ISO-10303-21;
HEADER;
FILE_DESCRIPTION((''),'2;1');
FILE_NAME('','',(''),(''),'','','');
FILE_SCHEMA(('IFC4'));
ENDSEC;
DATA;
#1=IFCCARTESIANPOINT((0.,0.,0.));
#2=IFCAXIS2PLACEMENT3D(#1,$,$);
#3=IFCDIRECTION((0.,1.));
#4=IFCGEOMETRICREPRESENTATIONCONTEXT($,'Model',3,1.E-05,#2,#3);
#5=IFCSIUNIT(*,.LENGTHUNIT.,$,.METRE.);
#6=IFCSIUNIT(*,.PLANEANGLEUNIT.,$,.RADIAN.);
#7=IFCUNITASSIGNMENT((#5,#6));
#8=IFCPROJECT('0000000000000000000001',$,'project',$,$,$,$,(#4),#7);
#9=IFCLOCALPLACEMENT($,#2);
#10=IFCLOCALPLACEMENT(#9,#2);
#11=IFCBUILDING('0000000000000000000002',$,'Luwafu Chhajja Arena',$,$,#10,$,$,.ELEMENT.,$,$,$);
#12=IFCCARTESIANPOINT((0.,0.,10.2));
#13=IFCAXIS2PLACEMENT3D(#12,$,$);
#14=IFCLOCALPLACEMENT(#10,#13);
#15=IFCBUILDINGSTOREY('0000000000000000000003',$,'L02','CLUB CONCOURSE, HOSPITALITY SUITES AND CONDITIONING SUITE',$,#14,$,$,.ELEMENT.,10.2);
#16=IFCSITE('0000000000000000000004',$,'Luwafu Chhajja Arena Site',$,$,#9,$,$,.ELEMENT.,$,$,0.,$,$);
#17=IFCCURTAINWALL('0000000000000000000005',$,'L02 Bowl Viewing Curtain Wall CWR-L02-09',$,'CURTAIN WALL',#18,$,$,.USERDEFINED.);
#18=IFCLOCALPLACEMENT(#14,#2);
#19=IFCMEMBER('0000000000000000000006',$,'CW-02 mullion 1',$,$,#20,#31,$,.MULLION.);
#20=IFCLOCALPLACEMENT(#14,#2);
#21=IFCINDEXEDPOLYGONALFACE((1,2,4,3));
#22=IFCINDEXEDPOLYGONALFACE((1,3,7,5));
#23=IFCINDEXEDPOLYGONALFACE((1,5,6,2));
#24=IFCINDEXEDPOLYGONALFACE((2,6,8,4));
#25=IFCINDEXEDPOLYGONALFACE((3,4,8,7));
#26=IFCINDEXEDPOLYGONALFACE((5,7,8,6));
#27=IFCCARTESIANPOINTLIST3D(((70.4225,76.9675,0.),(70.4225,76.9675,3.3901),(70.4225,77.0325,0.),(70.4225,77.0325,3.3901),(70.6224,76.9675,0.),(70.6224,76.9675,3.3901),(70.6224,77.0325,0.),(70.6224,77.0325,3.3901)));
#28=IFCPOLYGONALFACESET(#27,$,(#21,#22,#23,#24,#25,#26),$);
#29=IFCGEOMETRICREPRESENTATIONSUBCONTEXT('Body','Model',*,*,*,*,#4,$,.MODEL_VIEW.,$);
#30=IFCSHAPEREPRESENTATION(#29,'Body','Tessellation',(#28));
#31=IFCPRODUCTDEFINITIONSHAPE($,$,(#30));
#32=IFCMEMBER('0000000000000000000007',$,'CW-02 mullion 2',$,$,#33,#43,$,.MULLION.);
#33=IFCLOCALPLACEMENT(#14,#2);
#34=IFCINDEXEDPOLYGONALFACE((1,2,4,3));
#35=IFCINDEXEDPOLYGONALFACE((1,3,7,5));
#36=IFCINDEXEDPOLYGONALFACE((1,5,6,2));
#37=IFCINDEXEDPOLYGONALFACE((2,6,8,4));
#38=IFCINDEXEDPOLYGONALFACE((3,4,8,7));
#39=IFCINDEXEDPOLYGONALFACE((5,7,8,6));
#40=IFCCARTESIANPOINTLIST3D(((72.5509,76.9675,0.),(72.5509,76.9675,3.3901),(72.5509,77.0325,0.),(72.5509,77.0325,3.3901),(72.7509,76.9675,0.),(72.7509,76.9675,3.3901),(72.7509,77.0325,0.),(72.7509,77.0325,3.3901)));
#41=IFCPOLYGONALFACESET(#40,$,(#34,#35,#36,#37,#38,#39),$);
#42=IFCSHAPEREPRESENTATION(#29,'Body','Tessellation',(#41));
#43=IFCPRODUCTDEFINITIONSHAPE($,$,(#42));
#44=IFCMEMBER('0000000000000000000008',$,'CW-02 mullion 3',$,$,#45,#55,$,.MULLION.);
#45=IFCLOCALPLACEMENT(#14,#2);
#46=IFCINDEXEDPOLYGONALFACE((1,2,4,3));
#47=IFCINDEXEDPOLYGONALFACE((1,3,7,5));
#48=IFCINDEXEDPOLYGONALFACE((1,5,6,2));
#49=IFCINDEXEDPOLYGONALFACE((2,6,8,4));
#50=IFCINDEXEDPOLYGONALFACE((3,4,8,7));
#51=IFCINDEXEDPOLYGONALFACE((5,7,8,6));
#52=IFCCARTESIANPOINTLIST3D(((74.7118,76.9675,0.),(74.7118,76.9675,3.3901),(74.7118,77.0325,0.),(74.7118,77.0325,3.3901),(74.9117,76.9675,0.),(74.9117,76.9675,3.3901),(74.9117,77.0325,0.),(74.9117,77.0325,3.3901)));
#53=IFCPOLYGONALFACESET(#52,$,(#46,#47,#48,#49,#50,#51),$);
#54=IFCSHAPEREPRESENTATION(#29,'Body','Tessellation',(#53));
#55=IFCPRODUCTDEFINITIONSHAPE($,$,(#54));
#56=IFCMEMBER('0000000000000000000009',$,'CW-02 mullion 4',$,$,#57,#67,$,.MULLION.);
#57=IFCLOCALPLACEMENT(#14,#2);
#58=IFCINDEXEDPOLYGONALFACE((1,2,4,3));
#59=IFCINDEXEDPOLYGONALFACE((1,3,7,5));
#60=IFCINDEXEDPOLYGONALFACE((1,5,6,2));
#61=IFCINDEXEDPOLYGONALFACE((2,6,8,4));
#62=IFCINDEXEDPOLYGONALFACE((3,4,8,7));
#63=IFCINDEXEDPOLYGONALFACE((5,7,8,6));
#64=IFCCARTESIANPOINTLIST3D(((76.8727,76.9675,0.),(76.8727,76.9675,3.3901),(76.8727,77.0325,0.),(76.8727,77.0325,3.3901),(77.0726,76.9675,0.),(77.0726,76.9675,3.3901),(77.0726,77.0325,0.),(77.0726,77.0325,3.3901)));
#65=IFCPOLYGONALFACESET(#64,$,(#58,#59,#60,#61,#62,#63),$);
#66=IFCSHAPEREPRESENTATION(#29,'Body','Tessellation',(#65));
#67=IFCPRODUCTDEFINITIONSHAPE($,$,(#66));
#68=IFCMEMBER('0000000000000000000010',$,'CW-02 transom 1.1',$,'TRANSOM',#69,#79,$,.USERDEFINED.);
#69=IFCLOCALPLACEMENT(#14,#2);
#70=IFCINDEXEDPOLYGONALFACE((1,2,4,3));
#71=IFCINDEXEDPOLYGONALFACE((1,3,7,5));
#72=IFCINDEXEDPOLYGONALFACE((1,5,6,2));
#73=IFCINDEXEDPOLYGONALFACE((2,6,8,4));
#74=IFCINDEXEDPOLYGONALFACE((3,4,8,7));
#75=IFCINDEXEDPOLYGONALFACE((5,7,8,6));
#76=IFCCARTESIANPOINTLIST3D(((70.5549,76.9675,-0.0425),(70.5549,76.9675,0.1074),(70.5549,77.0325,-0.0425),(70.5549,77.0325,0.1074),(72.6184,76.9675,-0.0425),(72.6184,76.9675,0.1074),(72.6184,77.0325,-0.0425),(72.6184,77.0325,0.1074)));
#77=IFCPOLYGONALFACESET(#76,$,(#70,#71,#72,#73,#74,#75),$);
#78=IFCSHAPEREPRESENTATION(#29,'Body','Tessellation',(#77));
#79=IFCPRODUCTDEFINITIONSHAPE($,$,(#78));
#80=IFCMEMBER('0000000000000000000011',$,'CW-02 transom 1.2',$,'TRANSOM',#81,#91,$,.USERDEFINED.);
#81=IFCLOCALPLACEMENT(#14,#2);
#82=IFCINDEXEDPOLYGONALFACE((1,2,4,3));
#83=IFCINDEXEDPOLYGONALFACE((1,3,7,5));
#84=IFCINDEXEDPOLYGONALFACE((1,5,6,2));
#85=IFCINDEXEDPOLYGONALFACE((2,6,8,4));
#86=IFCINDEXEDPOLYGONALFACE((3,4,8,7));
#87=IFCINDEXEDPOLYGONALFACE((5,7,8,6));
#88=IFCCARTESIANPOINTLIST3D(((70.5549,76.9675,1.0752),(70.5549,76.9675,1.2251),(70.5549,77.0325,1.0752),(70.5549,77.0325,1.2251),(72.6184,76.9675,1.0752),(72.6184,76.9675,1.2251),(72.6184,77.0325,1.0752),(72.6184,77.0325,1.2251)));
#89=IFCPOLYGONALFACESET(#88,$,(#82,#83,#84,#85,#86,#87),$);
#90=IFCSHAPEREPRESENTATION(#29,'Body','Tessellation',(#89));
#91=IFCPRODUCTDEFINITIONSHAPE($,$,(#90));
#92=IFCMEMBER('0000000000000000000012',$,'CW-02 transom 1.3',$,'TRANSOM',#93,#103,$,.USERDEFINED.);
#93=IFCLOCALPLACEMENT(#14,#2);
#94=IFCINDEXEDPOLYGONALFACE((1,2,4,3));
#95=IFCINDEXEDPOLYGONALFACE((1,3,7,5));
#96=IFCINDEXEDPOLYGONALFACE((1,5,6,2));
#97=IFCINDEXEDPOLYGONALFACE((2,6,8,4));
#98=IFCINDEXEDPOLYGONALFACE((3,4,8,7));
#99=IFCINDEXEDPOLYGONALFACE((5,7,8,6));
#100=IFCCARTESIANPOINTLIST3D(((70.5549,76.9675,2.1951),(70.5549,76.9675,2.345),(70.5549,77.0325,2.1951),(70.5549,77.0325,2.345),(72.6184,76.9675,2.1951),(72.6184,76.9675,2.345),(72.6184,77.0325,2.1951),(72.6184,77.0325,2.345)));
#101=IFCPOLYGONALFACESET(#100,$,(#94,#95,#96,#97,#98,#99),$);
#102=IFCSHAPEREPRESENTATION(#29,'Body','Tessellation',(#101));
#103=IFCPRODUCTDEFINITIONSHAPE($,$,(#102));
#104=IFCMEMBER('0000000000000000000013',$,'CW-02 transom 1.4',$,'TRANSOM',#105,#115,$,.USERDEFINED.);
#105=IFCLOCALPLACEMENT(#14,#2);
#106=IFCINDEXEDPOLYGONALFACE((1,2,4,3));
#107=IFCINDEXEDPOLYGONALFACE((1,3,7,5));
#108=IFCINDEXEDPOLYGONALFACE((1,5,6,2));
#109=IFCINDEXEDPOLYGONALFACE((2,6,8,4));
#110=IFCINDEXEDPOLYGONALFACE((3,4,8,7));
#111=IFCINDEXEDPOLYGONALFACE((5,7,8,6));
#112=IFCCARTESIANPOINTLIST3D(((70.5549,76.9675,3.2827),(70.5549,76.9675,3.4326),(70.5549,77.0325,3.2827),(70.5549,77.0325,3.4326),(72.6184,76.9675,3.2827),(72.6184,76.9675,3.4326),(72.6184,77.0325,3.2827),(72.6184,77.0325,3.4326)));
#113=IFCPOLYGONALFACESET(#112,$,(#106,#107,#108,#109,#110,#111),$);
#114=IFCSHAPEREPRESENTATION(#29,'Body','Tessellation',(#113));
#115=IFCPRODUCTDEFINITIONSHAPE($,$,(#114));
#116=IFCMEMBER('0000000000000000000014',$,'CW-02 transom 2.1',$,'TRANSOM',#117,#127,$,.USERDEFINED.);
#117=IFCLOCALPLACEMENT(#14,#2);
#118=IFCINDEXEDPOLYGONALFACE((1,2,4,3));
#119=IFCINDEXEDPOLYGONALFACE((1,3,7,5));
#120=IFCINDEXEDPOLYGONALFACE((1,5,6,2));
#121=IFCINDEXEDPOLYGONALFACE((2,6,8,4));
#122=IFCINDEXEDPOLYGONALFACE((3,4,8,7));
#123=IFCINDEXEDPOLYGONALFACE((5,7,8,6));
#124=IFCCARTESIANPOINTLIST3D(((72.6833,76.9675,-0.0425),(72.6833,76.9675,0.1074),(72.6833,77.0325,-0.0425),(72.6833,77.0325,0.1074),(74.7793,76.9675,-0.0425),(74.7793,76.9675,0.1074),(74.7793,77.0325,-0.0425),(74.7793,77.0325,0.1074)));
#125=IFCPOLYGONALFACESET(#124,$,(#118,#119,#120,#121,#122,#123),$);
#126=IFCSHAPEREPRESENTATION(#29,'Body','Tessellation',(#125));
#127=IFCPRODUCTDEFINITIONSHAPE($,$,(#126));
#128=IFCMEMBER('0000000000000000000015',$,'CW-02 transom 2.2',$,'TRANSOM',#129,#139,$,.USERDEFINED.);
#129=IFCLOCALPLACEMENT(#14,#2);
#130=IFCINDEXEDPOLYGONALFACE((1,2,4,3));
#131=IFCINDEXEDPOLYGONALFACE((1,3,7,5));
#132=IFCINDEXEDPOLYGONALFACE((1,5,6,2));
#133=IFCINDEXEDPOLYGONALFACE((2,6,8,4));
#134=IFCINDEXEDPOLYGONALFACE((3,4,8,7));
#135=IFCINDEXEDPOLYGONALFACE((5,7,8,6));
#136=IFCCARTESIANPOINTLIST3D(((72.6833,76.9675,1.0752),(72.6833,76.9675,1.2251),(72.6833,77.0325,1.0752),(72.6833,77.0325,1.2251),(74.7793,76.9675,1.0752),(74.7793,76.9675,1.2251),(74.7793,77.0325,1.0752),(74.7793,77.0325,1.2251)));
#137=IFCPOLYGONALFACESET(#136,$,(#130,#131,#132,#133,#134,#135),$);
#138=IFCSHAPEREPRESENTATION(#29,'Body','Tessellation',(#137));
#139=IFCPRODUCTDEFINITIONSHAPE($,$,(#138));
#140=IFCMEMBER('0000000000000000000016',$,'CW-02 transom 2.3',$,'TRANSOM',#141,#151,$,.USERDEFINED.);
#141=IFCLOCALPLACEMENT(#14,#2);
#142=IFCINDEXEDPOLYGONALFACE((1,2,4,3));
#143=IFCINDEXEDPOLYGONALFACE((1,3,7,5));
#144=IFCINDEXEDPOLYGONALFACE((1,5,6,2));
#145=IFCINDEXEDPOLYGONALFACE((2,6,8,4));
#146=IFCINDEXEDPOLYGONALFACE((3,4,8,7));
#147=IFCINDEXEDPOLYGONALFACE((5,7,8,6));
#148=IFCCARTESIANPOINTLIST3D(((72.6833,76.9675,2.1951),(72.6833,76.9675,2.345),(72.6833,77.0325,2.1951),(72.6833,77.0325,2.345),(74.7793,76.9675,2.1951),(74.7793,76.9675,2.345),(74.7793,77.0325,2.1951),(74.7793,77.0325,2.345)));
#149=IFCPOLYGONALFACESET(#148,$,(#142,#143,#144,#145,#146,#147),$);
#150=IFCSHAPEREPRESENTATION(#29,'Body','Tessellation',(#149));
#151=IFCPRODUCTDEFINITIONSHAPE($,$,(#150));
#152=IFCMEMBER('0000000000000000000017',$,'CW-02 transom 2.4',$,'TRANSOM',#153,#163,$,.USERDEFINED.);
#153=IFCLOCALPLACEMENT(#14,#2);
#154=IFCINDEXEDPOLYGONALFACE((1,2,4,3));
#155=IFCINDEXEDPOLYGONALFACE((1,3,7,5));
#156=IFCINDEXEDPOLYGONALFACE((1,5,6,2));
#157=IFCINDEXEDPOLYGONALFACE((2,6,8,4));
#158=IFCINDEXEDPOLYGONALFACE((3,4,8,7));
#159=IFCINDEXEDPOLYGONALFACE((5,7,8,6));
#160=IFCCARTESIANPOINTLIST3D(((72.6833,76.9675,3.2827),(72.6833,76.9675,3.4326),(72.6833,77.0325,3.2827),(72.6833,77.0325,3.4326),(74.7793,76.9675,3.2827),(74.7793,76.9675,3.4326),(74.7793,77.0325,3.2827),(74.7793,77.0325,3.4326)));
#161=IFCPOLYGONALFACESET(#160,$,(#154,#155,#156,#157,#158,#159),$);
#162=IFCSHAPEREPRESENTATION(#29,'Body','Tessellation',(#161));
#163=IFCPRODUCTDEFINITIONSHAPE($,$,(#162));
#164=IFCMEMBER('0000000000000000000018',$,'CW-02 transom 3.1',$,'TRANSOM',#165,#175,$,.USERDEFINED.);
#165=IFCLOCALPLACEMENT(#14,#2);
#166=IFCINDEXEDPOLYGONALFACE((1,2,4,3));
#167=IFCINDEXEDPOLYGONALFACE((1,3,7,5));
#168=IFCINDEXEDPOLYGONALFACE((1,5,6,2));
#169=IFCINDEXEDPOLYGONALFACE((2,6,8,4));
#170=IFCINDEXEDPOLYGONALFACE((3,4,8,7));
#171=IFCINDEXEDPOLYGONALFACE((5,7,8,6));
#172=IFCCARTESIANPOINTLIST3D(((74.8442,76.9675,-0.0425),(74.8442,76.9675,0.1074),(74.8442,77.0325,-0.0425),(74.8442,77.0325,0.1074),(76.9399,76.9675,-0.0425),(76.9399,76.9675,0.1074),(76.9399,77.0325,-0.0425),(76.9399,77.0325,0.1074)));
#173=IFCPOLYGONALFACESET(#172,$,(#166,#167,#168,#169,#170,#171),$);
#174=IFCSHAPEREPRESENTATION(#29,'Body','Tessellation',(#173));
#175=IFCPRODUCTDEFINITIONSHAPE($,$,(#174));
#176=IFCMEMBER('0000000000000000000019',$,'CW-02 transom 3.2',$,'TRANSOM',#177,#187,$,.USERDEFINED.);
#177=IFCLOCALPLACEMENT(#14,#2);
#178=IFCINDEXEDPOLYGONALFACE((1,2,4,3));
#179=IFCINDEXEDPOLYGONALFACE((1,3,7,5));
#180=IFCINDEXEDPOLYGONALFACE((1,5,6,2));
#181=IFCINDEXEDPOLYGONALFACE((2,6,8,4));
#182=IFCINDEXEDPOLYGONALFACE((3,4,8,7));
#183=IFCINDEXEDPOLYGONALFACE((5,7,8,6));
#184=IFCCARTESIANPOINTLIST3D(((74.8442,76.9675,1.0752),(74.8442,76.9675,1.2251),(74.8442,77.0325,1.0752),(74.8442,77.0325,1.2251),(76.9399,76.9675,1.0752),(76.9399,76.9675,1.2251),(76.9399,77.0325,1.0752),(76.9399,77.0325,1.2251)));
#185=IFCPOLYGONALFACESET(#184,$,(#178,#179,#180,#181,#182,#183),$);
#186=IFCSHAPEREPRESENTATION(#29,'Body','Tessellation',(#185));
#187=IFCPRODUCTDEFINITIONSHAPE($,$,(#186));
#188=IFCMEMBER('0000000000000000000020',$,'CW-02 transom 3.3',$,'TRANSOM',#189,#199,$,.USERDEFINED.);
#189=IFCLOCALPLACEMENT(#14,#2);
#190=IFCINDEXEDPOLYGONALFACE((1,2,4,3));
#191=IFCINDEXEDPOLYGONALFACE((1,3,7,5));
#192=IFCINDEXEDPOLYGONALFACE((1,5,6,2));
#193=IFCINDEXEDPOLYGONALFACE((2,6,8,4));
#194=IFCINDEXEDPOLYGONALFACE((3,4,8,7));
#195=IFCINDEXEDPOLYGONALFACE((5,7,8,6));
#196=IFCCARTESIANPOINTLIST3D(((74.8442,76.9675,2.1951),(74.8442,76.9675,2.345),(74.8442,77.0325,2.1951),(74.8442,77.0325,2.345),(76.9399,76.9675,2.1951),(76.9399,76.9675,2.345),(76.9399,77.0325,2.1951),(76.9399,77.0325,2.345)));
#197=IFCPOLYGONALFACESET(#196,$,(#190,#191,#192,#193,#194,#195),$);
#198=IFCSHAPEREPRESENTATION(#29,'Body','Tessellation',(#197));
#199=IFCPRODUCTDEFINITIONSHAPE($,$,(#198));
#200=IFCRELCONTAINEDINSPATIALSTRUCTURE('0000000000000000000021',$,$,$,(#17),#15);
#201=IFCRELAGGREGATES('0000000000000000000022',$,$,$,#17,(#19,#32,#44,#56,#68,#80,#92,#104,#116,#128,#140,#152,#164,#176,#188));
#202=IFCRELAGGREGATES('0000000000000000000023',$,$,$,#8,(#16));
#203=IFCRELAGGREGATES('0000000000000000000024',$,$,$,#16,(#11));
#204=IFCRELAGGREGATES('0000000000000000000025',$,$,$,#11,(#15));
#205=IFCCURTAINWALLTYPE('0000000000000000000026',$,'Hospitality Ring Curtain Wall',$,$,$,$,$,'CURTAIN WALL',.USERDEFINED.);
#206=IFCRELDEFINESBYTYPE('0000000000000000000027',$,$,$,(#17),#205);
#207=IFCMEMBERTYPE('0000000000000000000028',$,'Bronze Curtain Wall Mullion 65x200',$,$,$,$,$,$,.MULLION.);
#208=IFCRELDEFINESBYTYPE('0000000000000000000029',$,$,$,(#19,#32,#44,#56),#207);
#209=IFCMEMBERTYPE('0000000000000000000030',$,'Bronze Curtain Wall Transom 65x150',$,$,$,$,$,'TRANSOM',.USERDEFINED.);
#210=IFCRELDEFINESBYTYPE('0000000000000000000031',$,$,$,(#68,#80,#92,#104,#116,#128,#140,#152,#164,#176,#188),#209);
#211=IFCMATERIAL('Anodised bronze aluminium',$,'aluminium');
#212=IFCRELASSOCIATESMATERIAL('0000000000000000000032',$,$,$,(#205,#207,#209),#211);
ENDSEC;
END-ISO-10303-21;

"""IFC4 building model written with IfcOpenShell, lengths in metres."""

from ifc_helpers import new_model, si_unit, direction, frame, origin, origin_2d, place, context, subcontext, project, spatial, rectangle, extrude, material, material_profile, profile_set, type_object, element, aggregate, save


model = new_model("IFC4")

# Units and contexts
model_context = context("Model", 3, precision=1e-05, world=origin(), true_north=direction((0.0, 1.0)))
body_context = subcontext(model_context, "Body", "Model", "MODEL_VIEW")
ifc_project = project(units=[si_unit("LENGTHUNIT", "METRE"), si_unit("PLANEANGLEUNIT", "RADIAN")], contexts=[model_context])

# Site, building, storey
site_placement = place(None, origin())
site = spatial("IfcSite", under=ifc_project, at=site_placement, Name="Luwafu Chhajja Arena Site", CompositionType="ELEMENT", RefElevation=0.0)
building_placement = place(site_placement, origin())
building = spatial("IfcBuilding", under=site, at=building_placement, Name="Luwafu Chhajja Arena", CompositionType="ELEMENT")
storey_placement = place(building_placement, frame((0.0, 0.0, 10.2)))
storey = spatial("IfcBuildingStorey", under=building, at=storey_placement, Name="L02", Description="CLUB CONCOURSE, HOSPITALITY SUITES AND CONDITIONING SUITE", CompositionType="ELEMENT", Elevation=10.2)

# Curtain wall, members
ifc_material_1 = material(Name="Anodised bronze aluminium", Category="aluminium")
curtain_wall_type = type_object("IfcCurtainWallType", Name="Hospitality Ring Curtain Wall", ElementType="CURTAIN WALL", PredefinedType="USERDEFINED", material=ifc_material_1)
curtain_wall_placement = place(storey_placement, origin())
curtain_wall = element("IfcCurtainWall", 1, at=curtain_wall_placement, inside=storey, type_object=curtain_wall_type, Name="L02 Bowl Viewing Curtain Wall CWR-L02-09", ObjectType="CURTAIN WALL", PredefinedType="USERDEFINED")
ifc_material_profile_1 = material_profile(ifc_material_1, rectangle(XDim=0.0649, YDim=0.2, at=origin_2d()), Name="CWM 65x200")
ifc_profile_set_1 = profile_set([ifc_material_profile_1], Name="Anodised bronze aluminium")
member_type_1 = type_object("IfcMemberType", Name="Bronze Curtain Wall Mullion 65x200", PredefinedType="MULLION", material=ifc_profile_set_1)
member_1_placement = place(storey_placement, frame((70.5225, 77.0, 0.0), z_axis=(0.0, 0.0, 1.0), x_axis=(0.0, 1.0, 0.0)))
member_1 = element("IfcMember", 2, at=member_1_placement, type_object=member_type_1, Name="CW-02 mullion 1", PredefinedType="MULLION", context=body_context, shape_type="SweptSolid", body=[
    extrude(rectangle(XDim=0.0649, YDim=0.2, at=origin_2d()), origin(), (0.0, 0.0, 1.0), 3.3901),
])
member_2_placement = place(storey_placement, frame((72.6509, 77.0, 0.0), z_axis=(0.0, 0.0, 1.0), x_axis=(0.0, 1.0, 0.0)))
member_2 = element("IfcMember", 3, at=member_2_placement, type_object=member_type_1, Name="CW-02 mullion 2", PredefinedType="MULLION", context=body_context, shape_type="SweptSolid", body=[
    extrude(rectangle(XDim=0.0649, YDim=0.2, at=origin_2d()), origin(), (0.0, 0.0, 1.0), 3.3901),
])
member_3_placement = place(storey_placement, frame((74.8118, 77.0, 0.0), z_axis=(0.0, 0.0, 1.0), x_axis=(0.0, 1.0, 0.0)))
member_3 = element("IfcMember", 4, at=member_3_placement, type_object=member_type_1, Name="CW-02 mullion 3", PredefinedType="MULLION", context=body_context, shape_type="SweptSolid", body=[
    extrude(rectangle(XDim=0.0649, YDim=0.2, at=origin_2d()), origin(), (0.0, 0.0, 1.0), 3.3901),
])
member_4_placement = place(storey_placement, frame((76.9727, 77.0, 0.0), z_axis=(0.0, 0.0, 1.0), x_axis=(0.0, 1.0, 0.0)))
member_4 = element("IfcMember", 5, at=member_4_placement, type_object=member_type_1, Name="CW-02 mullion 4", PredefinedType="MULLION", context=body_context, shape_type="SweptSolid", body=[
    extrude(rectangle(XDim=0.0649, YDim=0.2, at=origin_2d()), origin(), (0.0, 0.0, 1.0), 3.3901),
])
ifc_material_profile_2 = material_profile(ifc_material_1, rectangle(XDim=0.0649, YDim=0.1499, at=origin_2d()), Name="CWT 65x150")
ifc_profile_set_2 = profile_set([ifc_material_profile_2], Name="Anodised bronze aluminium")
member_type_2 = type_object("IfcMemberType", Name="Bronze Curtain Wall Transom 65x150", ElementType="TRANSOM", PredefinedType="USERDEFINED", material=ifc_profile_set_2)
member_5_placement = place(storey_placement, frame((70.5549, 77.0, 0.0325), z_axis=(1.0, 0.0, 0.0), x_axis=(0.0, 1.0, 0.0)))
member_5 = element("IfcMember", 6, at=member_5_placement, type_object=member_type_2, Name="CW-02 transom 1.1", ObjectType="TRANSOM", PredefinedType="USERDEFINED", context=body_context, shape_type="SweptSolid", body=[
    extrude(rectangle(XDim=0.0649, YDim=0.1499, at=origin_2d()), origin(), (0.0, 0.0, 1.0), 2.0635),
])
member_6_placement = place(storey_placement, frame((70.5549, 77.0, 1.1501), z_axis=(1.0, 0.0, 0.0), x_axis=(0.0, 1.0, 0.0)))
member_6 = element("IfcMember", 7, at=member_6_placement, type_object=member_type_2, Name="CW-02 transom 1.2", ObjectType="TRANSOM", PredefinedType="USERDEFINED", context=body_context, shape_type="SweptSolid", body=[
    extrude(rectangle(XDim=0.0649, YDim=0.1499, at=origin_2d()), origin(), (0.0, 0.0, 1.0), 2.0635),
])
member_7_placement = place(storey_placement, frame((70.5549, 77.0, 2.27), z_axis=(1.0, 0.0, 0.0), x_axis=(0.0, 1.0, 0.0)))
member_7 = element("IfcMember", 8, at=member_7_placement, type_object=member_type_2, Name="CW-02 transom 1.3", ObjectType="TRANSOM", PredefinedType="USERDEFINED", context=body_context, shape_type="SweptSolid", body=[
    extrude(rectangle(XDim=0.0649, YDim=0.1499, at=origin_2d()), origin(), (0.0, 0.0, 1.0), 2.0635),
])
member_8_placement = place(storey_placement, frame((70.5549, 77.0, 3.3577), z_axis=(1.0, 0.0, 0.0), x_axis=(0.0, 1.0, 0.0)))
member_8 = element("IfcMember", 9, at=member_8_placement, type_object=member_type_2, Name="CW-02 transom 1.4", ObjectType="TRANSOM", PredefinedType="USERDEFINED", context=body_context, shape_type="SweptSolid", body=[
    extrude(rectangle(XDim=0.0649, YDim=0.1499, at=origin_2d()), origin(), (0.0, 0.0, 1.0), 2.0635),
])
member_9_placement = place(storey_placement, frame((72.6833, 77.0, 0.0325), z_axis=(1.0, 0.0, 0.0), x_axis=(0.0, 1.0, 0.0)))
member_9 = element("IfcMember", 10, at=member_9_placement, type_object=member_type_2, Name="CW-02 transom 2.1", ObjectType="TRANSOM", PredefinedType="USERDEFINED", context=body_context, shape_type="SweptSolid", body=[
    extrude(rectangle(XDim=0.0649, YDim=0.1499, at=origin_2d()), origin(), (0.0, 0.0, 1.0), 2.0959),
])
member_10_placement = place(storey_placement, frame((72.6833, 77.0, 1.1501), z_axis=(1.0, 0.0, 0.0), x_axis=(0.0, 1.0, 0.0)))
member_10 = element("IfcMember", 11, at=member_10_placement, type_object=member_type_2, Name="CW-02 transom 2.2", ObjectType="TRANSOM", PredefinedType="USERDEFINED", context=body_context, shape_type="SweptSolid", body=[
    extrude(rectangle(XDim=0.0649, YDim=0.1499, at=origin_2d()), origin(), (0.0, 0.0, 1.0), 2.0959),
])
member_11_placement = place(storey_placement, frame((72.6833, 77.0, 2.27), z_axis=(1.0, 0.0, 0.0), x_axis=(0.0, 1.0, 0.0)))
member_11 = element("IfcMember", 12, at=member_11_placement, type_object=member_type_2, Name="CW-02 transom 2.3", ObjectType="TRANSOM", PredefinedType="USERDEFINED", context=body_context, shape_type="SweptSolid", body=[
    extrude(rectangle(XDim=0.0649, YDim=0.1499, at=origin_2d()), origin(), (0.0, 0.0, 1.0), 2.0959),
])
member_12_placement = place(storey_placement, frame((72.6833, 77.0, 3.3577), z_axis=(1.0, 0.0, 0.0), x_axis=(0.0, 1.0, 0.0)))
member_12 = element("IfcMember", 13, at=member_12_placement, type_object=member_type_2, Name="CW-02 transom 2.4", ObjectType="TRANSOM", PredefinedType="USERDEFINED", context=body_context, shape_type="SweptSolid", body=[
    extrude(rectangle(XDim=0.0649, YDim=0.1499, at=origin_2d()), origin(), (0.0, 0.0, 1.0), 2.0959),
])
member_13_placement = place(storey_placement, frame((74.8442, 77.0, 0.0325), z_axis=(1.0, 0.0, 0.0), x_axis=(0.0, 1.0, 0.0)))
member_13 = element("IfcMember", 14, at=member_13_placement, type_object=member_type_2, Name="CW-02 transom 3.1", ObjectType="TRANSOM", PredefinedType="USERDEFINED", context=body_context, shape_type="SweptSolid", body=[
    extrude(rectangle(XDim=0.0649, YDim=0.1499, at=origin_2d()), origin(), (0.0, 0.0, 1.0), 2.0957),
])
member_14_placement = place(storey_placement, frame((74.8442, 77.0, 1.1501), z_axis=(1.0, 0.0, 0.0), x_axis=(0.0, 1.0, 0.0)))
member_14 = element("IfcMember", 15, at=member_14_placement, type_object=member_type_2, Name="CW-02 transom 3.2", ObjectType="TRANSOM", PredefinedType="USERDEFINED", context=body_context, shape_type="SweptSolid", body=[
    extrude(rectangle(XDim=0.0649, YDim=0.1499, at=origin_2d()), origin(), (0.0, 0.0, 1.0), 2.0957),
])
member_15_placement = place(storey_placement, frame((74.8442, 77.0, 2.27), z_axis=(1.0, 0.0, 0.0), x_axis=(0.0, 1.0, 0.0)))
member_15 = element("IfcMember", 16, at=member_15_placement, type_object=member_type_2, Name="CW-02 transom 3.3", ObjectType="TRANSOM", PredefinedType="USERDEFINED", context=body_context, shape_type="SweptSolid", body=[
    extrude(rectangle(XDim=0.0649, YDim=0.1499, at=origin_2d()), origin(), (0.0, 0.0, 1.0), 2.0957),
])
aggregate(curtain_wall, [member_1, member_2, member_3, member_4, member_5, member_6, member_7, member_8, member_9, member_10, member_11, member_12, member_13, member_14, member_15])

save(model, "model.ifc")
